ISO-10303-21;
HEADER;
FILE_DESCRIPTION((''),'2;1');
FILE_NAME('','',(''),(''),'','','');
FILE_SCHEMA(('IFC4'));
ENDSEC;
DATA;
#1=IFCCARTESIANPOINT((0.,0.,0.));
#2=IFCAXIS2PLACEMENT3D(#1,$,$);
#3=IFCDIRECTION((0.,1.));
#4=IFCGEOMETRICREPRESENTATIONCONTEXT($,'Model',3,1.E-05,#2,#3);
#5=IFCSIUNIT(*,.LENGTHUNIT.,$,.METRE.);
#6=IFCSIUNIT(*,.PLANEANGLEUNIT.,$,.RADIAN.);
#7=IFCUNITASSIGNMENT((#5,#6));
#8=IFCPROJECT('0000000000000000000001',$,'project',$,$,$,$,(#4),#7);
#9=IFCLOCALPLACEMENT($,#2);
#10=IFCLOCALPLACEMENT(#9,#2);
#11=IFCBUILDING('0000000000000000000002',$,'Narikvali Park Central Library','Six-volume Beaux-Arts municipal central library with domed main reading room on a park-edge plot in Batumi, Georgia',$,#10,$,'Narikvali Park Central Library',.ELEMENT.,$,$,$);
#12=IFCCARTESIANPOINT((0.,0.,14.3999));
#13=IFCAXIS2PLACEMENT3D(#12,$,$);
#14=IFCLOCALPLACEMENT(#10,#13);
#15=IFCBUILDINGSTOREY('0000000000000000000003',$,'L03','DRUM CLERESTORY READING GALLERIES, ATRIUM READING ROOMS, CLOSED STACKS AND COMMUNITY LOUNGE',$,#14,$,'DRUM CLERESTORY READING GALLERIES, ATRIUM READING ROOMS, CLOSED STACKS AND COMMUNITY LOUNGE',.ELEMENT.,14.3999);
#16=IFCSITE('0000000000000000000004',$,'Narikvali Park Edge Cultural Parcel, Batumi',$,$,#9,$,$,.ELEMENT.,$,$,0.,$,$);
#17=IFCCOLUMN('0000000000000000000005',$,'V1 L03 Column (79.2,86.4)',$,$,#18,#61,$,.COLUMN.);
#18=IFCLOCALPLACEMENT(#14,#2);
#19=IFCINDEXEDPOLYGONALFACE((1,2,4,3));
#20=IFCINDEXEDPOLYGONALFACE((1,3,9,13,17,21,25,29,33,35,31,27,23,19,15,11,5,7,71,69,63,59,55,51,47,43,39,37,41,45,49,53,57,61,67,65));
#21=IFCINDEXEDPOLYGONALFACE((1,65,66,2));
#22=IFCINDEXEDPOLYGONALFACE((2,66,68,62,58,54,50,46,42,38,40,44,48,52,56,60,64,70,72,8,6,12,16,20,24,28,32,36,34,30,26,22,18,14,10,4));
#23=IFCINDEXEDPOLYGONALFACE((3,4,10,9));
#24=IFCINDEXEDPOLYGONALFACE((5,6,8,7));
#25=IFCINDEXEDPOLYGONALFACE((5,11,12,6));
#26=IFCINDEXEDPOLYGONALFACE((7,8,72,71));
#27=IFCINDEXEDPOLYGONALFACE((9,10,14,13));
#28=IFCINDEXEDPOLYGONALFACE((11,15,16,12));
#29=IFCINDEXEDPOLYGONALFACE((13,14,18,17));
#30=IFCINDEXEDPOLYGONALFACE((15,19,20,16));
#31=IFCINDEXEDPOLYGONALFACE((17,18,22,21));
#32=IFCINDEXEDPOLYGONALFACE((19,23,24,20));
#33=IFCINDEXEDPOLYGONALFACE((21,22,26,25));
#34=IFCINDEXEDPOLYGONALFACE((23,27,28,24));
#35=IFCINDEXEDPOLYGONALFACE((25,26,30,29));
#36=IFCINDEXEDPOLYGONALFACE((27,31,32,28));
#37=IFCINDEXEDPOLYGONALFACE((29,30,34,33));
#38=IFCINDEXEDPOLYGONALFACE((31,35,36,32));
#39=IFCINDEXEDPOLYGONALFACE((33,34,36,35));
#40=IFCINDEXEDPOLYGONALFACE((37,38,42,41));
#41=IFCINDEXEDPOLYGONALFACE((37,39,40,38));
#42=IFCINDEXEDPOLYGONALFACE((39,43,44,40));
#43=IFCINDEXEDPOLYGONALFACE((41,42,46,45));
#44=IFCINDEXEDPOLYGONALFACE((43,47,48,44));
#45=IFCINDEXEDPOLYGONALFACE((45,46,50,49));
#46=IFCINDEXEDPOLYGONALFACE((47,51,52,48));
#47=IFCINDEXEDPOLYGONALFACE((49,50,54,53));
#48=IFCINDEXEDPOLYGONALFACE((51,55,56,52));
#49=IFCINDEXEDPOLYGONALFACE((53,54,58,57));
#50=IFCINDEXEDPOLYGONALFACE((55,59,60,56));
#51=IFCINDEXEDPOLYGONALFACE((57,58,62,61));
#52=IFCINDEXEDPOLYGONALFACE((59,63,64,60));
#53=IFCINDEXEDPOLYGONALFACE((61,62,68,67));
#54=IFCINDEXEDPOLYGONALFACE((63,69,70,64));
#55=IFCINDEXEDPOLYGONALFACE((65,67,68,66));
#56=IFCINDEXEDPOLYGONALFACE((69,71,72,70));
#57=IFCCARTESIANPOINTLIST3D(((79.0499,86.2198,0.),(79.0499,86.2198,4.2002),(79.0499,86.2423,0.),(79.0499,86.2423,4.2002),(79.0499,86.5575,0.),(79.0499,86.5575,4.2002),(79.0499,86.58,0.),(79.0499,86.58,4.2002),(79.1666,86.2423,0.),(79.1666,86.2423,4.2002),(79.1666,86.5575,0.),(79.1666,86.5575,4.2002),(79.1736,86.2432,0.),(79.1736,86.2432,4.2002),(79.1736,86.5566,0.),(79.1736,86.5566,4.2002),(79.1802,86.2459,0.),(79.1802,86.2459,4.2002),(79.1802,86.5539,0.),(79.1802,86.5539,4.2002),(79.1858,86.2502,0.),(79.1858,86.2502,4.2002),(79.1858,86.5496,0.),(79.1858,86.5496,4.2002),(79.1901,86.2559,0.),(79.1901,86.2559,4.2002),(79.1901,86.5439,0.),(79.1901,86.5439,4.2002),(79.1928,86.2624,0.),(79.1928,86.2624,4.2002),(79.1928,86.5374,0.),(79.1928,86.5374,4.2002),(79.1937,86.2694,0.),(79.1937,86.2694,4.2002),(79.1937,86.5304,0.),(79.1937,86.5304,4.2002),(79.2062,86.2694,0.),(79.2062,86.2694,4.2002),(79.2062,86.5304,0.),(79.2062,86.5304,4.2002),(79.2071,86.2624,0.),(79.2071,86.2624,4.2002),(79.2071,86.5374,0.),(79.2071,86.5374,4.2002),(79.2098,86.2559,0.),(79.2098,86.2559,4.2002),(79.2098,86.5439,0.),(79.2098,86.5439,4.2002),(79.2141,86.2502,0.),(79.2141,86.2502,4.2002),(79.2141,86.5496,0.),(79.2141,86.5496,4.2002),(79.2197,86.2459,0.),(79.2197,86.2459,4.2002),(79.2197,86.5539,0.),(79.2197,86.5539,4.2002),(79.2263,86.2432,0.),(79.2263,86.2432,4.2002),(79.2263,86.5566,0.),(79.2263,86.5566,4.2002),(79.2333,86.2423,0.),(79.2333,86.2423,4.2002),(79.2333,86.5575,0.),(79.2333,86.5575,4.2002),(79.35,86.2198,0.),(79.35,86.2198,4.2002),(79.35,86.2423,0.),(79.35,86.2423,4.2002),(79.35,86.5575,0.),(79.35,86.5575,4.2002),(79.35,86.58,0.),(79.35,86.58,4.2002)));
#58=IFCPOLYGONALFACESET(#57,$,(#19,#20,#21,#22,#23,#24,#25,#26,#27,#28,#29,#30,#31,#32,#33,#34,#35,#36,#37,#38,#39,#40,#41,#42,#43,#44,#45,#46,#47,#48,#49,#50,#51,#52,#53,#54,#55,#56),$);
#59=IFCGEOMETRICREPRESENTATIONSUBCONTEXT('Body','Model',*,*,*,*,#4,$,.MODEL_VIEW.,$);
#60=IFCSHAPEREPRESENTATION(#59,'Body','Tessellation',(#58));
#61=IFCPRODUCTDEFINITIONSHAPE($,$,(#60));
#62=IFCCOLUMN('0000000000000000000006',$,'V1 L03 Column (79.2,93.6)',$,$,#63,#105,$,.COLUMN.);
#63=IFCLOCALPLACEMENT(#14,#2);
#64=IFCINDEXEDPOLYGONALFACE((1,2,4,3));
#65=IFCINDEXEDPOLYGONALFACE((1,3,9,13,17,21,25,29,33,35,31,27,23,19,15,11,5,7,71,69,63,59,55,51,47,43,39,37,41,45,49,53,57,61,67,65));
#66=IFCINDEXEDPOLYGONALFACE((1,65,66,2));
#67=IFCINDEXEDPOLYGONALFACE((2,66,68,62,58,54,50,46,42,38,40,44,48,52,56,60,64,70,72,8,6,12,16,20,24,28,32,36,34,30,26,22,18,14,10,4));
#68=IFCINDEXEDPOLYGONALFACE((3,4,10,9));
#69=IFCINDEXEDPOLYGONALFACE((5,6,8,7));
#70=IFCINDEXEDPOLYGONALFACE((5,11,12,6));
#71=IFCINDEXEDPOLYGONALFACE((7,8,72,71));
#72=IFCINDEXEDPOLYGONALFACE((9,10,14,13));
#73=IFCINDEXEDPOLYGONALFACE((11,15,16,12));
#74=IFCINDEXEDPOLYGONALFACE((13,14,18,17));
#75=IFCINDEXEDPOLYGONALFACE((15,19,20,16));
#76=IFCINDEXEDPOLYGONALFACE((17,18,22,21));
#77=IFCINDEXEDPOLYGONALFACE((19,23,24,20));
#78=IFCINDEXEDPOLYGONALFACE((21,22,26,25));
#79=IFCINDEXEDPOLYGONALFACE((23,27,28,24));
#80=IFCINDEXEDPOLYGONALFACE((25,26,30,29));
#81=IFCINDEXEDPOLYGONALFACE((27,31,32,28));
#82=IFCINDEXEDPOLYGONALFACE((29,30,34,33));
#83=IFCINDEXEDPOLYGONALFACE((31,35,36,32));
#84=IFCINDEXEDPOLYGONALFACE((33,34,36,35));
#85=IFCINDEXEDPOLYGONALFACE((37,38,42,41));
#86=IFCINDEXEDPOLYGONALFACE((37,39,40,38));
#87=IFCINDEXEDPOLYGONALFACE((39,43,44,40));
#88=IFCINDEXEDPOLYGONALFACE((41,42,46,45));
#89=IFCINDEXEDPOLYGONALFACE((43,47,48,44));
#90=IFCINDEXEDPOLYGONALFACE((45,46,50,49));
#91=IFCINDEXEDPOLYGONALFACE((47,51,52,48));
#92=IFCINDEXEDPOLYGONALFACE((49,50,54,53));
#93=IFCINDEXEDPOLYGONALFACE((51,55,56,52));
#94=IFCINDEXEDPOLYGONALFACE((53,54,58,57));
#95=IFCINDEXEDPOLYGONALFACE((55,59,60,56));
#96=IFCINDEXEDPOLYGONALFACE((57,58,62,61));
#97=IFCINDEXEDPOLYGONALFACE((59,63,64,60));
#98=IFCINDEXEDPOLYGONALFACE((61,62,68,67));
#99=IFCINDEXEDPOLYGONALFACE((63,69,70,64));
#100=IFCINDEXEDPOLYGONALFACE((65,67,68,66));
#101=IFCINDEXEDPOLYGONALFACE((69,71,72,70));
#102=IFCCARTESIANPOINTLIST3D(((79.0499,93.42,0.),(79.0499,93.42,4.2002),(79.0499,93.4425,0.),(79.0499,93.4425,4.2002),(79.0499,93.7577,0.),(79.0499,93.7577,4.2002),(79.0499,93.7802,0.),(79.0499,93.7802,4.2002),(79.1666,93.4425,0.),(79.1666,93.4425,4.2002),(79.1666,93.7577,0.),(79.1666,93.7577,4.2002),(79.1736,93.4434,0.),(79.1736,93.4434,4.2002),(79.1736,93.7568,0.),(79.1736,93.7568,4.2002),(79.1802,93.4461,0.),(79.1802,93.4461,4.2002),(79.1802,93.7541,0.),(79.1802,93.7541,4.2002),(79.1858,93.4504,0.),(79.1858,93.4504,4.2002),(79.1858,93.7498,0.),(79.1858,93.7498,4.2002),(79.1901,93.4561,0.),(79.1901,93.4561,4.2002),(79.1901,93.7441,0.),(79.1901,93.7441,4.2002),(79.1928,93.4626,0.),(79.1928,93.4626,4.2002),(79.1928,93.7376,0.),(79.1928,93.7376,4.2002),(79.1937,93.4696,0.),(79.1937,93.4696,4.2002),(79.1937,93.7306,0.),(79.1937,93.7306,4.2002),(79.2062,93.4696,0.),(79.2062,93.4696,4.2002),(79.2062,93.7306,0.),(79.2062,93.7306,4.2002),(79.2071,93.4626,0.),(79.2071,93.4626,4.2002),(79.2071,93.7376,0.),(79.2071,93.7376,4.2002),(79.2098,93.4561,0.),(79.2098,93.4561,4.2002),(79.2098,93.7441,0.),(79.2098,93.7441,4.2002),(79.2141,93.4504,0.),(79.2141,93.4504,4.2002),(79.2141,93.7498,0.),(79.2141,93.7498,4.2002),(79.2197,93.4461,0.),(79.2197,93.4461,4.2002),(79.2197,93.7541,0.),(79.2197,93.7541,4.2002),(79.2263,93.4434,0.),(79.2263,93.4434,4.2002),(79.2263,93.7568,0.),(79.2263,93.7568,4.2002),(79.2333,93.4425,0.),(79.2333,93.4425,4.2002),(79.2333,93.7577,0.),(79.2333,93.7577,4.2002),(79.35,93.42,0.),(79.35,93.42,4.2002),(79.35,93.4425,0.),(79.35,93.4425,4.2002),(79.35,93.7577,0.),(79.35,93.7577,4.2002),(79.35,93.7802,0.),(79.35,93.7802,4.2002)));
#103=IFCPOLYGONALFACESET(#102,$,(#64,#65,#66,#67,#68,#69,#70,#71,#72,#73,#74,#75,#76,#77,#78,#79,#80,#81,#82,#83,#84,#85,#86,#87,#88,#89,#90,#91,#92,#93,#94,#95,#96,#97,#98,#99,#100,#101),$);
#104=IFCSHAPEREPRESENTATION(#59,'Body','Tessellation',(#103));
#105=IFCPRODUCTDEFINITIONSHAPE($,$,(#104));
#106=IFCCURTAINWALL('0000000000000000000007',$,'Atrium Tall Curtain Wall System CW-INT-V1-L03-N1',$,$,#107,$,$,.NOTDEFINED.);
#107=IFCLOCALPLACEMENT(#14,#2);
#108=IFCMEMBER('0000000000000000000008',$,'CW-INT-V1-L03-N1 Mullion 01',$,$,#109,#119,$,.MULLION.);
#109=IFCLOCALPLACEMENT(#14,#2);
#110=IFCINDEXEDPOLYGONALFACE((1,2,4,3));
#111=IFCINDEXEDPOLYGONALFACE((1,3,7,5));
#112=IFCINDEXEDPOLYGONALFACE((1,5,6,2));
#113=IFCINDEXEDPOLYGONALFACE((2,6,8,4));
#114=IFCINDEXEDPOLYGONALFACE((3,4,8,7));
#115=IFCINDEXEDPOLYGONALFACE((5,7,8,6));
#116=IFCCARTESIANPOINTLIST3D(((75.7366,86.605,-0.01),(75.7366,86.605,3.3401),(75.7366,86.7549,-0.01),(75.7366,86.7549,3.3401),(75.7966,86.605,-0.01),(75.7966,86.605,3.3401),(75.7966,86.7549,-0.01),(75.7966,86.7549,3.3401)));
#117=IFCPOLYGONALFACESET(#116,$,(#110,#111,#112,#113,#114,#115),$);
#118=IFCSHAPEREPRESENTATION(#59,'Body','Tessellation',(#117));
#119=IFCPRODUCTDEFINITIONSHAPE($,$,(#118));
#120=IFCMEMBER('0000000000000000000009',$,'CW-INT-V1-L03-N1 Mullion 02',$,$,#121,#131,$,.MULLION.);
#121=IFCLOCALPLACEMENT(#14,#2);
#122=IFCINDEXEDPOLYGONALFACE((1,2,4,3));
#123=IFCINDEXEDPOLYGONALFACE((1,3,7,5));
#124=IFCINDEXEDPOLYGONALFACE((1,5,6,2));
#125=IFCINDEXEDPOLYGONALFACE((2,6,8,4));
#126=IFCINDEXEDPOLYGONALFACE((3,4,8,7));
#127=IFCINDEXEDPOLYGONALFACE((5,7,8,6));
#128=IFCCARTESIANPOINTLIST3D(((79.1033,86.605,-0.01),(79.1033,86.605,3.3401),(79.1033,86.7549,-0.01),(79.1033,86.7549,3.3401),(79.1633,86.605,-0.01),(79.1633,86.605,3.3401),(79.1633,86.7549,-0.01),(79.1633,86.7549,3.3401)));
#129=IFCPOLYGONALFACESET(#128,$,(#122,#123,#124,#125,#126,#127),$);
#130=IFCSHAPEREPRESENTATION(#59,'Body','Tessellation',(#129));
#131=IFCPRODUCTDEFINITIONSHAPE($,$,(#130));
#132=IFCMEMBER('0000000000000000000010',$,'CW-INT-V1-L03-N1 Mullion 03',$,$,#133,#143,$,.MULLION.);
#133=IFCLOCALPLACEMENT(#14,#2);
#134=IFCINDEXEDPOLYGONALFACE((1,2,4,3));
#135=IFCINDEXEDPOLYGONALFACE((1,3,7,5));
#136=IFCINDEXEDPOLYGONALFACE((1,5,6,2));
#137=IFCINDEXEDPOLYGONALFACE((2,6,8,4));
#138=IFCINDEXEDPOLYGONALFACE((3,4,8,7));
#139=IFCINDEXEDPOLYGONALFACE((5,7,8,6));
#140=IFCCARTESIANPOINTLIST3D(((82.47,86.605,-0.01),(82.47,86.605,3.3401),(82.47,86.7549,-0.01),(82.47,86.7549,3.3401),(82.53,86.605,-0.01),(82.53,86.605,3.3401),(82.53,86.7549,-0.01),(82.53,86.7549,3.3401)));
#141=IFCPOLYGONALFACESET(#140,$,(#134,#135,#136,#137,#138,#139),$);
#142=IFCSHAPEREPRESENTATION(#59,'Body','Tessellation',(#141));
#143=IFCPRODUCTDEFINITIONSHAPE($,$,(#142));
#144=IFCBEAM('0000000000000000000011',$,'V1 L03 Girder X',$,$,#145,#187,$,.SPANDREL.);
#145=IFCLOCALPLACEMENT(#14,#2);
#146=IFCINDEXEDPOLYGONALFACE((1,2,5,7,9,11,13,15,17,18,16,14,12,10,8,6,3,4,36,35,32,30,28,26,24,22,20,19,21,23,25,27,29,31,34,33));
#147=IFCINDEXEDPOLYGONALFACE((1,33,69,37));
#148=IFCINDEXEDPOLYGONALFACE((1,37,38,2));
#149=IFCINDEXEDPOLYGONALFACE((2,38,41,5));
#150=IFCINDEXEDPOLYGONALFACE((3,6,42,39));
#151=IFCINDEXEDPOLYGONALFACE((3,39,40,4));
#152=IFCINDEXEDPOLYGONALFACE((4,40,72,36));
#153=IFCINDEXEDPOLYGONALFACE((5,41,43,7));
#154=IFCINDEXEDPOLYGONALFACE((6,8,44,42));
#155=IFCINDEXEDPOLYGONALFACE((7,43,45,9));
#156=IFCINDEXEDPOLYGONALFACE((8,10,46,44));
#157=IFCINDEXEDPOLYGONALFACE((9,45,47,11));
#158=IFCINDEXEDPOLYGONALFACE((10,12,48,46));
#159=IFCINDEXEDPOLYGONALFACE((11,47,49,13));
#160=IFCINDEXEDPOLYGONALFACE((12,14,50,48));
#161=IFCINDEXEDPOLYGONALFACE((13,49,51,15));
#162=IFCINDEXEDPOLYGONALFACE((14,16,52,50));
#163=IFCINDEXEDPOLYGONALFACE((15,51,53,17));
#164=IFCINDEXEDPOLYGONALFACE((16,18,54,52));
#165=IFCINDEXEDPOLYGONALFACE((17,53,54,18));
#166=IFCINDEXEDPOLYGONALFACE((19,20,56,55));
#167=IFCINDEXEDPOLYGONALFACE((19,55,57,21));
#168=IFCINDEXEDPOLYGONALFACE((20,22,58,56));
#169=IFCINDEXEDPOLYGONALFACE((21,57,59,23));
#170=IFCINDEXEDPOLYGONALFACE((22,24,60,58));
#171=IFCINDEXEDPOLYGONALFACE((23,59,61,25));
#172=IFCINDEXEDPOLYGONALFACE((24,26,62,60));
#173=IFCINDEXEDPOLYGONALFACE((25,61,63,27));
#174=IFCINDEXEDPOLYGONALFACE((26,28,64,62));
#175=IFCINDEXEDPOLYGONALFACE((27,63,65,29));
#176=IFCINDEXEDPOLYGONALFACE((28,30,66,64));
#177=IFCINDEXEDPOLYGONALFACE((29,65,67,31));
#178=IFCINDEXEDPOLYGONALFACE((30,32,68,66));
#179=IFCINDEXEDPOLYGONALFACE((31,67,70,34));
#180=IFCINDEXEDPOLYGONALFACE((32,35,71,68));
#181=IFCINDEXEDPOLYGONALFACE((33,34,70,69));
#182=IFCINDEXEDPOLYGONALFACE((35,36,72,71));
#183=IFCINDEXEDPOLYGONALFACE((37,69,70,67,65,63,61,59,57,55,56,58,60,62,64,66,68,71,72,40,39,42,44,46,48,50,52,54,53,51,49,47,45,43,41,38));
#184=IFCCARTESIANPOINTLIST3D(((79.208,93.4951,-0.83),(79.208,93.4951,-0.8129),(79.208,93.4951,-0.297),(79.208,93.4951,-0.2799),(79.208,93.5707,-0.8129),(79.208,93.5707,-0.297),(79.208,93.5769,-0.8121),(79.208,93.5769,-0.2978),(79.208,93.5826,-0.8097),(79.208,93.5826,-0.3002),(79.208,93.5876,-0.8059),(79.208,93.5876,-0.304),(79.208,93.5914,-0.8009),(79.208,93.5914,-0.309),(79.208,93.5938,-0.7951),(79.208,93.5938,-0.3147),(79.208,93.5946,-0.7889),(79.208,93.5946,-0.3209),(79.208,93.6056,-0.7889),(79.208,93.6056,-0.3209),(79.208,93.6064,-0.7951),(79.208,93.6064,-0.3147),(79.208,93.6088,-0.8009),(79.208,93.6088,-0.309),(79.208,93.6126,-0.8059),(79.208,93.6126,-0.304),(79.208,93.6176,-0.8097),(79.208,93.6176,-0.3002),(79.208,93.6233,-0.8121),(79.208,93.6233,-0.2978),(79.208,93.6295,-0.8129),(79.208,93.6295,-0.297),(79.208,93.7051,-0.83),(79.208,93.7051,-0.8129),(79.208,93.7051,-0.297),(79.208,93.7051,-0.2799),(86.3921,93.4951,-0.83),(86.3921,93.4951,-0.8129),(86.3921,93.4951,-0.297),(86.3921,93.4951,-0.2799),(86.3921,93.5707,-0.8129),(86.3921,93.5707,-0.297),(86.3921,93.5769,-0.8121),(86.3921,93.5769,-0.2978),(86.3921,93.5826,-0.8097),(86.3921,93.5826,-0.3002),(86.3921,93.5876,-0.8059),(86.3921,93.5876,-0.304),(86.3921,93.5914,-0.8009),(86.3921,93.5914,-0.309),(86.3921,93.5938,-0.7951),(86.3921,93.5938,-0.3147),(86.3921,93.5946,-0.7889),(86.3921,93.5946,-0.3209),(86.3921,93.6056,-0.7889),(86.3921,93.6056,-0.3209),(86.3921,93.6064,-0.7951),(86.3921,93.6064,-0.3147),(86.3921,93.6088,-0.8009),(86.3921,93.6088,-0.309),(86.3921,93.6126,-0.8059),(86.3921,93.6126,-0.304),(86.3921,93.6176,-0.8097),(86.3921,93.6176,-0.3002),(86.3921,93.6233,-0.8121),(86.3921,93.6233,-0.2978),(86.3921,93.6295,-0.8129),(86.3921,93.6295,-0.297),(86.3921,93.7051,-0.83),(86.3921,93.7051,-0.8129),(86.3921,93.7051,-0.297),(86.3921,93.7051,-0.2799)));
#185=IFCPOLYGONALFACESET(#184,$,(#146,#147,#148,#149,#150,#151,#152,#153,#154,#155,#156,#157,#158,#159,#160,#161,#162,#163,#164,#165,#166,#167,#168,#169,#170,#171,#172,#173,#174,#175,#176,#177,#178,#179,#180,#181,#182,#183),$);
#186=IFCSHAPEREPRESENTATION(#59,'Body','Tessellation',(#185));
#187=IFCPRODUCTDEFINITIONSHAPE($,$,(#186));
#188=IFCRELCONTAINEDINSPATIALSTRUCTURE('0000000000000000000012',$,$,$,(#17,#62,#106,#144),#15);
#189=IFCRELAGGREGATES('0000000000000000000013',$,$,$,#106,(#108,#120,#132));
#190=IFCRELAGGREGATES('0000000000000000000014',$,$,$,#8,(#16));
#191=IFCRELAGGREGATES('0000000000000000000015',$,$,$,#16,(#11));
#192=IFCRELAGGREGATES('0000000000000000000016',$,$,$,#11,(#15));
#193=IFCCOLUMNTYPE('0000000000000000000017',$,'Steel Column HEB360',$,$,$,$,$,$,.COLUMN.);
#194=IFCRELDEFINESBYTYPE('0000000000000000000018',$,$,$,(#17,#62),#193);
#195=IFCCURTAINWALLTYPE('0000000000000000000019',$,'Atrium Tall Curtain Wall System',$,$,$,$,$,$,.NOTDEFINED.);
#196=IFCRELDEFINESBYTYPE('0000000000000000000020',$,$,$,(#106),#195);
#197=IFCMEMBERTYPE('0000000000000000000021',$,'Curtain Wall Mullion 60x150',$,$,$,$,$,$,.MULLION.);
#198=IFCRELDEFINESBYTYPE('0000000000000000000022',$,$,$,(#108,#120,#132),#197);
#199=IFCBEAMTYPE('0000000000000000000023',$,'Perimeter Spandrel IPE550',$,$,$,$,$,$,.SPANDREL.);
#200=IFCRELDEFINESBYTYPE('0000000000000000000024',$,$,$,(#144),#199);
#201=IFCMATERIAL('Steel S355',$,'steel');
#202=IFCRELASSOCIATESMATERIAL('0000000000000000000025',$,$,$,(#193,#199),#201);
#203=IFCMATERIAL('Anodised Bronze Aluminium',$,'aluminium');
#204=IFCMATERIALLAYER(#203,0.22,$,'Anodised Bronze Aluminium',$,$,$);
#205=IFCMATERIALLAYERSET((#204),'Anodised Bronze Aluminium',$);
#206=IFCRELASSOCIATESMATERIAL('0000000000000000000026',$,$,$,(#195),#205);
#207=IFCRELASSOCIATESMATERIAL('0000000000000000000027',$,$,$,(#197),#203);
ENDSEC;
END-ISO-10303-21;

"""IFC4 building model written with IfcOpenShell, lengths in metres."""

from ifc_helpers import new_model, si_unit, direction, frame, origin, origin_2d, place, context, subcontext, project, spatial, rectangle, i_section, extrude, material, layer, layer_set, material_profile, profile_set, type_object, element, aggregate, save


model = new_model("IFC4")

# Units and contexts
model_context = context("Model", 3, precision=1e-05, world=origin(), true_north=direction((0.0, 1.0)))
body_context = subcontext(model_context, "Body", "Model", "MODEL_VIEW")
ifc_project = project(units=[si_unit("LENGTHUNIT", "METRE"), si_unit("PLANEANGLEUNIT", "RADIAN")], contexts=[model_context])

# Site, building, storey
site_placement = place(None, origin())
site = spatial("IfcSite", under=ifc_project, at=site_placement, Name="Narikvali Park Edge Cultural Parcel, Batumi", CompositionType="ELEMENT", RefElevation=0.0)
building_placement = place(site_placement, origin())
building = spatial("IfcBuilding", under=site, at=building_placement, Name="Narikvali Park Central Library", Description="Six-volume Beaux-Arts municipal central library with domed main reading room on a park-edge plot in Batumi, Georgia", LongName="Narikvali Park Central Library", CompositionType="ELEMENT")
storey_placement = place(building_placement, frame((0.0, 0.0, 14.3999)))
storey = spatial("IfcBuildingStorey", under=building, at=storey_placement, Name="L03", Description="DRUM CLERESTORY READING GALLERIES, ATRIUM READING ROOMS, CLOSED STACKS AND COMMUNITY LOUNGE", LongName="DRUM CLERESTORY READING GALLERIES, ATRIUM READING ROOMS, CLOSED STACKS AND COMMUNITY LOUNGE", CompositionType="ELEMENT", Elevation=14.3999)

# Columns
ifc_material_1 = material(Name="Steel S355", Category="steel")
ifc_material_profile_1 = material_profile(ifc_material_1, i_section(OverallWidth=0.3, OverallDepth=0.3601, WebThickness=0.0125, FlangeThickness=0.0225, FilletRadius=0.0271, at=origin_2d()), Name="HEB 360")
ifc_profile_set_1 = profile_set([ifc_material_profile_1], Name="Steel S355")
column_type = type_object("IfcColumnType", Name="Steel Column HEB360", PredefinedType="COLUMN", material=ifc_profile_set_1)
for number, where, z_axis, x_axis, name in (
    (1, (79.2, 86.3999, 0.0), (0.0, 0.0, 1.0), (1.0, 0.0, 0.0), "V1 L03 Column (79.2,86.4)"),
    (2, (79.2, 93.6001, 0.0), (0.0, 0.0, 1.0), (1.0, 0.0, 0.0), "V1 L03 Column (79.2,93.6)"),
):
    element("IfcColumn", number, at=place(storey_placement, frame(where, z_axis=z_axis, x_axis=x_axis)), inside=storey, type_object=column_type, Name=name, PredefinedType="COLUMN", context=body_context, shape_type="SweptSolid", body=[
        extrude(i_section(OverallWidth=0.3, OverallDepth=0.3601, WebThickness=0.0125, FlangeThickness=0.0225, FilletRadius=0.0271, at=origin_2d()), origin(), (0.0, 0.0, 1.0), 4.2002),
    ])

# Curtain wall, members
ifc_material_2 = material(Name="Anodised Bronze Aluminium", Category="aluminium")
ifc_layer_1 = layer(ifc_material_2, 0.22, Name="Anodised Bronze Aluminium")
ifc_layer_set_1 = layer_set([ifc_layer_1], Name="Anodised Bronze Aluminium")
curtain_wall_type = type_object("IfcCurtainWallType", Name="Atrium Tall Curtain Wall System", PredefinedType="NOTDEFINED", material=ifc_layer_set_1)
curtain_wall_placement = place(storey_placement, origin())
curtain_wall = element("IfcCurtainWall", 3, at=curtain_wall_placement, inside=storey, type_object=curtain_wall_type, Name="Atrium Tall Curtain Wall System CW-INT-V1-L03-N1", PredefinedType="NOTDEFINED")
ifc_material_profile_2 = material_profile(ifc_material_2, rectangle(XDim=0.0601, YDim=0.1499, at=origin_2d()), Name="CW MULLION 60x150")
ifc_profile_set_2 = profile_set([ifc_material_profile_2], Name="Anodised Bronze Aluminium")
member_type = type_object("IfcMemberType", Name="Curtain Wall Mullion 60x150", PredefinedType="MULLION", material=ifc_profile_set_2)
member_1_placement = place(storey_placement, frame((75.7666, 86.6799, -0.01), z_axis=(0.0, 0.0, 1.0), x_axis=(1.0, 0.0, 0.0)))
member_1 = element("IfcMember", 4, at=member_1_placement, type_object=member_type, Name="CW-INT-V1-L03-N1 Mullion 01", PredefinedType="MULLION", context=body_context, shape_type="SweptSolid", body=[
    extrude(rectangle(XDim=0.0601, YDim=0.1499, at=origin_2d()), origin(), (0.0, 0.0, 1.0), 3.3501),
])
member_2_placement = place(storey_placement, frame((79.1333, 86.6799, -0.01), z_axis=(0.0, 0.0, 1.0), x_axis=(1.0, 0.0, 0.0)))
member_2 = element("IfcMember", 5, at=member_2_placement, type_object=member_type, Name="CW-INT-V1-L03-N1 Mullion 02", PredefinedType="MULLION", context=body_context, shape_type="SweptSolid", body=[
    extrude(rectangle(XDim=0.0601, YDim=0.1499, at=origin_2d()), origin(), (0.0, 0.0, 1.0), 3.3501),
])
member_3_placement = place(storey_placement, frame((82.5, 86.6799, -0.01), z_axis=(0.0, 0.0, 1.0), x_axis=(1.0, 0.0, 0.0)))
member_3 = element("IfcMember", 6, at=member_3_placement, type_object=member_type, Name="CW-INT-V1-L03-N1 Mullion 03", PredefinedType="MULLION", context=body_context, shape_type="SweptSolid", body=[
    extrude(rectangle(XDim=0.0601, YDim=0.1499, at=origin_2d()), origin(), (0.0, 0.0, 1.0), 3.3501),
])

# Beam
ifc_material_profile_3 = material_profile(ifc_material_1, i_section(OverallWidth=0.21, OverallDepth=0.55, WebThickness=0.011, FlangeThickness=0.0171, FilletRadius=0.0239, at=origin_2d()), Name="IPE 550")
ifc_profile_set_3 = profile_set([ifc_material_profile_3], Name="Steel S355")
beam_type_1 = type_object("IfcBeamType", Name="Perimeter Spandrel IPE550", PredefinedType="SPANDREL", material=ifc_profile_set_3)
beam_1_placement = place(storey_placement, frame((79.208, 93.6001, -0.5549), z_axis=(1.0, 0.0, 0.0), x_axis=(0.0, 1.0, 0.0)))
element("IfcBeam", 7, at=beam_1_placement, inside=storey, type_object=beam_type_1, Name="V1 L03 Girder X", PredefinedType="SPANDREL", context=body_context, shape_type="SweptSolid", body=[
    extrude(i_section(OverallWidth=0.21, OverallDepth=0.55, WebThickness=0.011, FlangeThickness=0.0171, FilletRadius=0.0239, at=origin_2d()), origin(), (0.0, 0.0, 1.0), 7.1841),
])

aggregate(curtain_wall, [member_1, member_2, member_3])

save(model, "model.ifc")
